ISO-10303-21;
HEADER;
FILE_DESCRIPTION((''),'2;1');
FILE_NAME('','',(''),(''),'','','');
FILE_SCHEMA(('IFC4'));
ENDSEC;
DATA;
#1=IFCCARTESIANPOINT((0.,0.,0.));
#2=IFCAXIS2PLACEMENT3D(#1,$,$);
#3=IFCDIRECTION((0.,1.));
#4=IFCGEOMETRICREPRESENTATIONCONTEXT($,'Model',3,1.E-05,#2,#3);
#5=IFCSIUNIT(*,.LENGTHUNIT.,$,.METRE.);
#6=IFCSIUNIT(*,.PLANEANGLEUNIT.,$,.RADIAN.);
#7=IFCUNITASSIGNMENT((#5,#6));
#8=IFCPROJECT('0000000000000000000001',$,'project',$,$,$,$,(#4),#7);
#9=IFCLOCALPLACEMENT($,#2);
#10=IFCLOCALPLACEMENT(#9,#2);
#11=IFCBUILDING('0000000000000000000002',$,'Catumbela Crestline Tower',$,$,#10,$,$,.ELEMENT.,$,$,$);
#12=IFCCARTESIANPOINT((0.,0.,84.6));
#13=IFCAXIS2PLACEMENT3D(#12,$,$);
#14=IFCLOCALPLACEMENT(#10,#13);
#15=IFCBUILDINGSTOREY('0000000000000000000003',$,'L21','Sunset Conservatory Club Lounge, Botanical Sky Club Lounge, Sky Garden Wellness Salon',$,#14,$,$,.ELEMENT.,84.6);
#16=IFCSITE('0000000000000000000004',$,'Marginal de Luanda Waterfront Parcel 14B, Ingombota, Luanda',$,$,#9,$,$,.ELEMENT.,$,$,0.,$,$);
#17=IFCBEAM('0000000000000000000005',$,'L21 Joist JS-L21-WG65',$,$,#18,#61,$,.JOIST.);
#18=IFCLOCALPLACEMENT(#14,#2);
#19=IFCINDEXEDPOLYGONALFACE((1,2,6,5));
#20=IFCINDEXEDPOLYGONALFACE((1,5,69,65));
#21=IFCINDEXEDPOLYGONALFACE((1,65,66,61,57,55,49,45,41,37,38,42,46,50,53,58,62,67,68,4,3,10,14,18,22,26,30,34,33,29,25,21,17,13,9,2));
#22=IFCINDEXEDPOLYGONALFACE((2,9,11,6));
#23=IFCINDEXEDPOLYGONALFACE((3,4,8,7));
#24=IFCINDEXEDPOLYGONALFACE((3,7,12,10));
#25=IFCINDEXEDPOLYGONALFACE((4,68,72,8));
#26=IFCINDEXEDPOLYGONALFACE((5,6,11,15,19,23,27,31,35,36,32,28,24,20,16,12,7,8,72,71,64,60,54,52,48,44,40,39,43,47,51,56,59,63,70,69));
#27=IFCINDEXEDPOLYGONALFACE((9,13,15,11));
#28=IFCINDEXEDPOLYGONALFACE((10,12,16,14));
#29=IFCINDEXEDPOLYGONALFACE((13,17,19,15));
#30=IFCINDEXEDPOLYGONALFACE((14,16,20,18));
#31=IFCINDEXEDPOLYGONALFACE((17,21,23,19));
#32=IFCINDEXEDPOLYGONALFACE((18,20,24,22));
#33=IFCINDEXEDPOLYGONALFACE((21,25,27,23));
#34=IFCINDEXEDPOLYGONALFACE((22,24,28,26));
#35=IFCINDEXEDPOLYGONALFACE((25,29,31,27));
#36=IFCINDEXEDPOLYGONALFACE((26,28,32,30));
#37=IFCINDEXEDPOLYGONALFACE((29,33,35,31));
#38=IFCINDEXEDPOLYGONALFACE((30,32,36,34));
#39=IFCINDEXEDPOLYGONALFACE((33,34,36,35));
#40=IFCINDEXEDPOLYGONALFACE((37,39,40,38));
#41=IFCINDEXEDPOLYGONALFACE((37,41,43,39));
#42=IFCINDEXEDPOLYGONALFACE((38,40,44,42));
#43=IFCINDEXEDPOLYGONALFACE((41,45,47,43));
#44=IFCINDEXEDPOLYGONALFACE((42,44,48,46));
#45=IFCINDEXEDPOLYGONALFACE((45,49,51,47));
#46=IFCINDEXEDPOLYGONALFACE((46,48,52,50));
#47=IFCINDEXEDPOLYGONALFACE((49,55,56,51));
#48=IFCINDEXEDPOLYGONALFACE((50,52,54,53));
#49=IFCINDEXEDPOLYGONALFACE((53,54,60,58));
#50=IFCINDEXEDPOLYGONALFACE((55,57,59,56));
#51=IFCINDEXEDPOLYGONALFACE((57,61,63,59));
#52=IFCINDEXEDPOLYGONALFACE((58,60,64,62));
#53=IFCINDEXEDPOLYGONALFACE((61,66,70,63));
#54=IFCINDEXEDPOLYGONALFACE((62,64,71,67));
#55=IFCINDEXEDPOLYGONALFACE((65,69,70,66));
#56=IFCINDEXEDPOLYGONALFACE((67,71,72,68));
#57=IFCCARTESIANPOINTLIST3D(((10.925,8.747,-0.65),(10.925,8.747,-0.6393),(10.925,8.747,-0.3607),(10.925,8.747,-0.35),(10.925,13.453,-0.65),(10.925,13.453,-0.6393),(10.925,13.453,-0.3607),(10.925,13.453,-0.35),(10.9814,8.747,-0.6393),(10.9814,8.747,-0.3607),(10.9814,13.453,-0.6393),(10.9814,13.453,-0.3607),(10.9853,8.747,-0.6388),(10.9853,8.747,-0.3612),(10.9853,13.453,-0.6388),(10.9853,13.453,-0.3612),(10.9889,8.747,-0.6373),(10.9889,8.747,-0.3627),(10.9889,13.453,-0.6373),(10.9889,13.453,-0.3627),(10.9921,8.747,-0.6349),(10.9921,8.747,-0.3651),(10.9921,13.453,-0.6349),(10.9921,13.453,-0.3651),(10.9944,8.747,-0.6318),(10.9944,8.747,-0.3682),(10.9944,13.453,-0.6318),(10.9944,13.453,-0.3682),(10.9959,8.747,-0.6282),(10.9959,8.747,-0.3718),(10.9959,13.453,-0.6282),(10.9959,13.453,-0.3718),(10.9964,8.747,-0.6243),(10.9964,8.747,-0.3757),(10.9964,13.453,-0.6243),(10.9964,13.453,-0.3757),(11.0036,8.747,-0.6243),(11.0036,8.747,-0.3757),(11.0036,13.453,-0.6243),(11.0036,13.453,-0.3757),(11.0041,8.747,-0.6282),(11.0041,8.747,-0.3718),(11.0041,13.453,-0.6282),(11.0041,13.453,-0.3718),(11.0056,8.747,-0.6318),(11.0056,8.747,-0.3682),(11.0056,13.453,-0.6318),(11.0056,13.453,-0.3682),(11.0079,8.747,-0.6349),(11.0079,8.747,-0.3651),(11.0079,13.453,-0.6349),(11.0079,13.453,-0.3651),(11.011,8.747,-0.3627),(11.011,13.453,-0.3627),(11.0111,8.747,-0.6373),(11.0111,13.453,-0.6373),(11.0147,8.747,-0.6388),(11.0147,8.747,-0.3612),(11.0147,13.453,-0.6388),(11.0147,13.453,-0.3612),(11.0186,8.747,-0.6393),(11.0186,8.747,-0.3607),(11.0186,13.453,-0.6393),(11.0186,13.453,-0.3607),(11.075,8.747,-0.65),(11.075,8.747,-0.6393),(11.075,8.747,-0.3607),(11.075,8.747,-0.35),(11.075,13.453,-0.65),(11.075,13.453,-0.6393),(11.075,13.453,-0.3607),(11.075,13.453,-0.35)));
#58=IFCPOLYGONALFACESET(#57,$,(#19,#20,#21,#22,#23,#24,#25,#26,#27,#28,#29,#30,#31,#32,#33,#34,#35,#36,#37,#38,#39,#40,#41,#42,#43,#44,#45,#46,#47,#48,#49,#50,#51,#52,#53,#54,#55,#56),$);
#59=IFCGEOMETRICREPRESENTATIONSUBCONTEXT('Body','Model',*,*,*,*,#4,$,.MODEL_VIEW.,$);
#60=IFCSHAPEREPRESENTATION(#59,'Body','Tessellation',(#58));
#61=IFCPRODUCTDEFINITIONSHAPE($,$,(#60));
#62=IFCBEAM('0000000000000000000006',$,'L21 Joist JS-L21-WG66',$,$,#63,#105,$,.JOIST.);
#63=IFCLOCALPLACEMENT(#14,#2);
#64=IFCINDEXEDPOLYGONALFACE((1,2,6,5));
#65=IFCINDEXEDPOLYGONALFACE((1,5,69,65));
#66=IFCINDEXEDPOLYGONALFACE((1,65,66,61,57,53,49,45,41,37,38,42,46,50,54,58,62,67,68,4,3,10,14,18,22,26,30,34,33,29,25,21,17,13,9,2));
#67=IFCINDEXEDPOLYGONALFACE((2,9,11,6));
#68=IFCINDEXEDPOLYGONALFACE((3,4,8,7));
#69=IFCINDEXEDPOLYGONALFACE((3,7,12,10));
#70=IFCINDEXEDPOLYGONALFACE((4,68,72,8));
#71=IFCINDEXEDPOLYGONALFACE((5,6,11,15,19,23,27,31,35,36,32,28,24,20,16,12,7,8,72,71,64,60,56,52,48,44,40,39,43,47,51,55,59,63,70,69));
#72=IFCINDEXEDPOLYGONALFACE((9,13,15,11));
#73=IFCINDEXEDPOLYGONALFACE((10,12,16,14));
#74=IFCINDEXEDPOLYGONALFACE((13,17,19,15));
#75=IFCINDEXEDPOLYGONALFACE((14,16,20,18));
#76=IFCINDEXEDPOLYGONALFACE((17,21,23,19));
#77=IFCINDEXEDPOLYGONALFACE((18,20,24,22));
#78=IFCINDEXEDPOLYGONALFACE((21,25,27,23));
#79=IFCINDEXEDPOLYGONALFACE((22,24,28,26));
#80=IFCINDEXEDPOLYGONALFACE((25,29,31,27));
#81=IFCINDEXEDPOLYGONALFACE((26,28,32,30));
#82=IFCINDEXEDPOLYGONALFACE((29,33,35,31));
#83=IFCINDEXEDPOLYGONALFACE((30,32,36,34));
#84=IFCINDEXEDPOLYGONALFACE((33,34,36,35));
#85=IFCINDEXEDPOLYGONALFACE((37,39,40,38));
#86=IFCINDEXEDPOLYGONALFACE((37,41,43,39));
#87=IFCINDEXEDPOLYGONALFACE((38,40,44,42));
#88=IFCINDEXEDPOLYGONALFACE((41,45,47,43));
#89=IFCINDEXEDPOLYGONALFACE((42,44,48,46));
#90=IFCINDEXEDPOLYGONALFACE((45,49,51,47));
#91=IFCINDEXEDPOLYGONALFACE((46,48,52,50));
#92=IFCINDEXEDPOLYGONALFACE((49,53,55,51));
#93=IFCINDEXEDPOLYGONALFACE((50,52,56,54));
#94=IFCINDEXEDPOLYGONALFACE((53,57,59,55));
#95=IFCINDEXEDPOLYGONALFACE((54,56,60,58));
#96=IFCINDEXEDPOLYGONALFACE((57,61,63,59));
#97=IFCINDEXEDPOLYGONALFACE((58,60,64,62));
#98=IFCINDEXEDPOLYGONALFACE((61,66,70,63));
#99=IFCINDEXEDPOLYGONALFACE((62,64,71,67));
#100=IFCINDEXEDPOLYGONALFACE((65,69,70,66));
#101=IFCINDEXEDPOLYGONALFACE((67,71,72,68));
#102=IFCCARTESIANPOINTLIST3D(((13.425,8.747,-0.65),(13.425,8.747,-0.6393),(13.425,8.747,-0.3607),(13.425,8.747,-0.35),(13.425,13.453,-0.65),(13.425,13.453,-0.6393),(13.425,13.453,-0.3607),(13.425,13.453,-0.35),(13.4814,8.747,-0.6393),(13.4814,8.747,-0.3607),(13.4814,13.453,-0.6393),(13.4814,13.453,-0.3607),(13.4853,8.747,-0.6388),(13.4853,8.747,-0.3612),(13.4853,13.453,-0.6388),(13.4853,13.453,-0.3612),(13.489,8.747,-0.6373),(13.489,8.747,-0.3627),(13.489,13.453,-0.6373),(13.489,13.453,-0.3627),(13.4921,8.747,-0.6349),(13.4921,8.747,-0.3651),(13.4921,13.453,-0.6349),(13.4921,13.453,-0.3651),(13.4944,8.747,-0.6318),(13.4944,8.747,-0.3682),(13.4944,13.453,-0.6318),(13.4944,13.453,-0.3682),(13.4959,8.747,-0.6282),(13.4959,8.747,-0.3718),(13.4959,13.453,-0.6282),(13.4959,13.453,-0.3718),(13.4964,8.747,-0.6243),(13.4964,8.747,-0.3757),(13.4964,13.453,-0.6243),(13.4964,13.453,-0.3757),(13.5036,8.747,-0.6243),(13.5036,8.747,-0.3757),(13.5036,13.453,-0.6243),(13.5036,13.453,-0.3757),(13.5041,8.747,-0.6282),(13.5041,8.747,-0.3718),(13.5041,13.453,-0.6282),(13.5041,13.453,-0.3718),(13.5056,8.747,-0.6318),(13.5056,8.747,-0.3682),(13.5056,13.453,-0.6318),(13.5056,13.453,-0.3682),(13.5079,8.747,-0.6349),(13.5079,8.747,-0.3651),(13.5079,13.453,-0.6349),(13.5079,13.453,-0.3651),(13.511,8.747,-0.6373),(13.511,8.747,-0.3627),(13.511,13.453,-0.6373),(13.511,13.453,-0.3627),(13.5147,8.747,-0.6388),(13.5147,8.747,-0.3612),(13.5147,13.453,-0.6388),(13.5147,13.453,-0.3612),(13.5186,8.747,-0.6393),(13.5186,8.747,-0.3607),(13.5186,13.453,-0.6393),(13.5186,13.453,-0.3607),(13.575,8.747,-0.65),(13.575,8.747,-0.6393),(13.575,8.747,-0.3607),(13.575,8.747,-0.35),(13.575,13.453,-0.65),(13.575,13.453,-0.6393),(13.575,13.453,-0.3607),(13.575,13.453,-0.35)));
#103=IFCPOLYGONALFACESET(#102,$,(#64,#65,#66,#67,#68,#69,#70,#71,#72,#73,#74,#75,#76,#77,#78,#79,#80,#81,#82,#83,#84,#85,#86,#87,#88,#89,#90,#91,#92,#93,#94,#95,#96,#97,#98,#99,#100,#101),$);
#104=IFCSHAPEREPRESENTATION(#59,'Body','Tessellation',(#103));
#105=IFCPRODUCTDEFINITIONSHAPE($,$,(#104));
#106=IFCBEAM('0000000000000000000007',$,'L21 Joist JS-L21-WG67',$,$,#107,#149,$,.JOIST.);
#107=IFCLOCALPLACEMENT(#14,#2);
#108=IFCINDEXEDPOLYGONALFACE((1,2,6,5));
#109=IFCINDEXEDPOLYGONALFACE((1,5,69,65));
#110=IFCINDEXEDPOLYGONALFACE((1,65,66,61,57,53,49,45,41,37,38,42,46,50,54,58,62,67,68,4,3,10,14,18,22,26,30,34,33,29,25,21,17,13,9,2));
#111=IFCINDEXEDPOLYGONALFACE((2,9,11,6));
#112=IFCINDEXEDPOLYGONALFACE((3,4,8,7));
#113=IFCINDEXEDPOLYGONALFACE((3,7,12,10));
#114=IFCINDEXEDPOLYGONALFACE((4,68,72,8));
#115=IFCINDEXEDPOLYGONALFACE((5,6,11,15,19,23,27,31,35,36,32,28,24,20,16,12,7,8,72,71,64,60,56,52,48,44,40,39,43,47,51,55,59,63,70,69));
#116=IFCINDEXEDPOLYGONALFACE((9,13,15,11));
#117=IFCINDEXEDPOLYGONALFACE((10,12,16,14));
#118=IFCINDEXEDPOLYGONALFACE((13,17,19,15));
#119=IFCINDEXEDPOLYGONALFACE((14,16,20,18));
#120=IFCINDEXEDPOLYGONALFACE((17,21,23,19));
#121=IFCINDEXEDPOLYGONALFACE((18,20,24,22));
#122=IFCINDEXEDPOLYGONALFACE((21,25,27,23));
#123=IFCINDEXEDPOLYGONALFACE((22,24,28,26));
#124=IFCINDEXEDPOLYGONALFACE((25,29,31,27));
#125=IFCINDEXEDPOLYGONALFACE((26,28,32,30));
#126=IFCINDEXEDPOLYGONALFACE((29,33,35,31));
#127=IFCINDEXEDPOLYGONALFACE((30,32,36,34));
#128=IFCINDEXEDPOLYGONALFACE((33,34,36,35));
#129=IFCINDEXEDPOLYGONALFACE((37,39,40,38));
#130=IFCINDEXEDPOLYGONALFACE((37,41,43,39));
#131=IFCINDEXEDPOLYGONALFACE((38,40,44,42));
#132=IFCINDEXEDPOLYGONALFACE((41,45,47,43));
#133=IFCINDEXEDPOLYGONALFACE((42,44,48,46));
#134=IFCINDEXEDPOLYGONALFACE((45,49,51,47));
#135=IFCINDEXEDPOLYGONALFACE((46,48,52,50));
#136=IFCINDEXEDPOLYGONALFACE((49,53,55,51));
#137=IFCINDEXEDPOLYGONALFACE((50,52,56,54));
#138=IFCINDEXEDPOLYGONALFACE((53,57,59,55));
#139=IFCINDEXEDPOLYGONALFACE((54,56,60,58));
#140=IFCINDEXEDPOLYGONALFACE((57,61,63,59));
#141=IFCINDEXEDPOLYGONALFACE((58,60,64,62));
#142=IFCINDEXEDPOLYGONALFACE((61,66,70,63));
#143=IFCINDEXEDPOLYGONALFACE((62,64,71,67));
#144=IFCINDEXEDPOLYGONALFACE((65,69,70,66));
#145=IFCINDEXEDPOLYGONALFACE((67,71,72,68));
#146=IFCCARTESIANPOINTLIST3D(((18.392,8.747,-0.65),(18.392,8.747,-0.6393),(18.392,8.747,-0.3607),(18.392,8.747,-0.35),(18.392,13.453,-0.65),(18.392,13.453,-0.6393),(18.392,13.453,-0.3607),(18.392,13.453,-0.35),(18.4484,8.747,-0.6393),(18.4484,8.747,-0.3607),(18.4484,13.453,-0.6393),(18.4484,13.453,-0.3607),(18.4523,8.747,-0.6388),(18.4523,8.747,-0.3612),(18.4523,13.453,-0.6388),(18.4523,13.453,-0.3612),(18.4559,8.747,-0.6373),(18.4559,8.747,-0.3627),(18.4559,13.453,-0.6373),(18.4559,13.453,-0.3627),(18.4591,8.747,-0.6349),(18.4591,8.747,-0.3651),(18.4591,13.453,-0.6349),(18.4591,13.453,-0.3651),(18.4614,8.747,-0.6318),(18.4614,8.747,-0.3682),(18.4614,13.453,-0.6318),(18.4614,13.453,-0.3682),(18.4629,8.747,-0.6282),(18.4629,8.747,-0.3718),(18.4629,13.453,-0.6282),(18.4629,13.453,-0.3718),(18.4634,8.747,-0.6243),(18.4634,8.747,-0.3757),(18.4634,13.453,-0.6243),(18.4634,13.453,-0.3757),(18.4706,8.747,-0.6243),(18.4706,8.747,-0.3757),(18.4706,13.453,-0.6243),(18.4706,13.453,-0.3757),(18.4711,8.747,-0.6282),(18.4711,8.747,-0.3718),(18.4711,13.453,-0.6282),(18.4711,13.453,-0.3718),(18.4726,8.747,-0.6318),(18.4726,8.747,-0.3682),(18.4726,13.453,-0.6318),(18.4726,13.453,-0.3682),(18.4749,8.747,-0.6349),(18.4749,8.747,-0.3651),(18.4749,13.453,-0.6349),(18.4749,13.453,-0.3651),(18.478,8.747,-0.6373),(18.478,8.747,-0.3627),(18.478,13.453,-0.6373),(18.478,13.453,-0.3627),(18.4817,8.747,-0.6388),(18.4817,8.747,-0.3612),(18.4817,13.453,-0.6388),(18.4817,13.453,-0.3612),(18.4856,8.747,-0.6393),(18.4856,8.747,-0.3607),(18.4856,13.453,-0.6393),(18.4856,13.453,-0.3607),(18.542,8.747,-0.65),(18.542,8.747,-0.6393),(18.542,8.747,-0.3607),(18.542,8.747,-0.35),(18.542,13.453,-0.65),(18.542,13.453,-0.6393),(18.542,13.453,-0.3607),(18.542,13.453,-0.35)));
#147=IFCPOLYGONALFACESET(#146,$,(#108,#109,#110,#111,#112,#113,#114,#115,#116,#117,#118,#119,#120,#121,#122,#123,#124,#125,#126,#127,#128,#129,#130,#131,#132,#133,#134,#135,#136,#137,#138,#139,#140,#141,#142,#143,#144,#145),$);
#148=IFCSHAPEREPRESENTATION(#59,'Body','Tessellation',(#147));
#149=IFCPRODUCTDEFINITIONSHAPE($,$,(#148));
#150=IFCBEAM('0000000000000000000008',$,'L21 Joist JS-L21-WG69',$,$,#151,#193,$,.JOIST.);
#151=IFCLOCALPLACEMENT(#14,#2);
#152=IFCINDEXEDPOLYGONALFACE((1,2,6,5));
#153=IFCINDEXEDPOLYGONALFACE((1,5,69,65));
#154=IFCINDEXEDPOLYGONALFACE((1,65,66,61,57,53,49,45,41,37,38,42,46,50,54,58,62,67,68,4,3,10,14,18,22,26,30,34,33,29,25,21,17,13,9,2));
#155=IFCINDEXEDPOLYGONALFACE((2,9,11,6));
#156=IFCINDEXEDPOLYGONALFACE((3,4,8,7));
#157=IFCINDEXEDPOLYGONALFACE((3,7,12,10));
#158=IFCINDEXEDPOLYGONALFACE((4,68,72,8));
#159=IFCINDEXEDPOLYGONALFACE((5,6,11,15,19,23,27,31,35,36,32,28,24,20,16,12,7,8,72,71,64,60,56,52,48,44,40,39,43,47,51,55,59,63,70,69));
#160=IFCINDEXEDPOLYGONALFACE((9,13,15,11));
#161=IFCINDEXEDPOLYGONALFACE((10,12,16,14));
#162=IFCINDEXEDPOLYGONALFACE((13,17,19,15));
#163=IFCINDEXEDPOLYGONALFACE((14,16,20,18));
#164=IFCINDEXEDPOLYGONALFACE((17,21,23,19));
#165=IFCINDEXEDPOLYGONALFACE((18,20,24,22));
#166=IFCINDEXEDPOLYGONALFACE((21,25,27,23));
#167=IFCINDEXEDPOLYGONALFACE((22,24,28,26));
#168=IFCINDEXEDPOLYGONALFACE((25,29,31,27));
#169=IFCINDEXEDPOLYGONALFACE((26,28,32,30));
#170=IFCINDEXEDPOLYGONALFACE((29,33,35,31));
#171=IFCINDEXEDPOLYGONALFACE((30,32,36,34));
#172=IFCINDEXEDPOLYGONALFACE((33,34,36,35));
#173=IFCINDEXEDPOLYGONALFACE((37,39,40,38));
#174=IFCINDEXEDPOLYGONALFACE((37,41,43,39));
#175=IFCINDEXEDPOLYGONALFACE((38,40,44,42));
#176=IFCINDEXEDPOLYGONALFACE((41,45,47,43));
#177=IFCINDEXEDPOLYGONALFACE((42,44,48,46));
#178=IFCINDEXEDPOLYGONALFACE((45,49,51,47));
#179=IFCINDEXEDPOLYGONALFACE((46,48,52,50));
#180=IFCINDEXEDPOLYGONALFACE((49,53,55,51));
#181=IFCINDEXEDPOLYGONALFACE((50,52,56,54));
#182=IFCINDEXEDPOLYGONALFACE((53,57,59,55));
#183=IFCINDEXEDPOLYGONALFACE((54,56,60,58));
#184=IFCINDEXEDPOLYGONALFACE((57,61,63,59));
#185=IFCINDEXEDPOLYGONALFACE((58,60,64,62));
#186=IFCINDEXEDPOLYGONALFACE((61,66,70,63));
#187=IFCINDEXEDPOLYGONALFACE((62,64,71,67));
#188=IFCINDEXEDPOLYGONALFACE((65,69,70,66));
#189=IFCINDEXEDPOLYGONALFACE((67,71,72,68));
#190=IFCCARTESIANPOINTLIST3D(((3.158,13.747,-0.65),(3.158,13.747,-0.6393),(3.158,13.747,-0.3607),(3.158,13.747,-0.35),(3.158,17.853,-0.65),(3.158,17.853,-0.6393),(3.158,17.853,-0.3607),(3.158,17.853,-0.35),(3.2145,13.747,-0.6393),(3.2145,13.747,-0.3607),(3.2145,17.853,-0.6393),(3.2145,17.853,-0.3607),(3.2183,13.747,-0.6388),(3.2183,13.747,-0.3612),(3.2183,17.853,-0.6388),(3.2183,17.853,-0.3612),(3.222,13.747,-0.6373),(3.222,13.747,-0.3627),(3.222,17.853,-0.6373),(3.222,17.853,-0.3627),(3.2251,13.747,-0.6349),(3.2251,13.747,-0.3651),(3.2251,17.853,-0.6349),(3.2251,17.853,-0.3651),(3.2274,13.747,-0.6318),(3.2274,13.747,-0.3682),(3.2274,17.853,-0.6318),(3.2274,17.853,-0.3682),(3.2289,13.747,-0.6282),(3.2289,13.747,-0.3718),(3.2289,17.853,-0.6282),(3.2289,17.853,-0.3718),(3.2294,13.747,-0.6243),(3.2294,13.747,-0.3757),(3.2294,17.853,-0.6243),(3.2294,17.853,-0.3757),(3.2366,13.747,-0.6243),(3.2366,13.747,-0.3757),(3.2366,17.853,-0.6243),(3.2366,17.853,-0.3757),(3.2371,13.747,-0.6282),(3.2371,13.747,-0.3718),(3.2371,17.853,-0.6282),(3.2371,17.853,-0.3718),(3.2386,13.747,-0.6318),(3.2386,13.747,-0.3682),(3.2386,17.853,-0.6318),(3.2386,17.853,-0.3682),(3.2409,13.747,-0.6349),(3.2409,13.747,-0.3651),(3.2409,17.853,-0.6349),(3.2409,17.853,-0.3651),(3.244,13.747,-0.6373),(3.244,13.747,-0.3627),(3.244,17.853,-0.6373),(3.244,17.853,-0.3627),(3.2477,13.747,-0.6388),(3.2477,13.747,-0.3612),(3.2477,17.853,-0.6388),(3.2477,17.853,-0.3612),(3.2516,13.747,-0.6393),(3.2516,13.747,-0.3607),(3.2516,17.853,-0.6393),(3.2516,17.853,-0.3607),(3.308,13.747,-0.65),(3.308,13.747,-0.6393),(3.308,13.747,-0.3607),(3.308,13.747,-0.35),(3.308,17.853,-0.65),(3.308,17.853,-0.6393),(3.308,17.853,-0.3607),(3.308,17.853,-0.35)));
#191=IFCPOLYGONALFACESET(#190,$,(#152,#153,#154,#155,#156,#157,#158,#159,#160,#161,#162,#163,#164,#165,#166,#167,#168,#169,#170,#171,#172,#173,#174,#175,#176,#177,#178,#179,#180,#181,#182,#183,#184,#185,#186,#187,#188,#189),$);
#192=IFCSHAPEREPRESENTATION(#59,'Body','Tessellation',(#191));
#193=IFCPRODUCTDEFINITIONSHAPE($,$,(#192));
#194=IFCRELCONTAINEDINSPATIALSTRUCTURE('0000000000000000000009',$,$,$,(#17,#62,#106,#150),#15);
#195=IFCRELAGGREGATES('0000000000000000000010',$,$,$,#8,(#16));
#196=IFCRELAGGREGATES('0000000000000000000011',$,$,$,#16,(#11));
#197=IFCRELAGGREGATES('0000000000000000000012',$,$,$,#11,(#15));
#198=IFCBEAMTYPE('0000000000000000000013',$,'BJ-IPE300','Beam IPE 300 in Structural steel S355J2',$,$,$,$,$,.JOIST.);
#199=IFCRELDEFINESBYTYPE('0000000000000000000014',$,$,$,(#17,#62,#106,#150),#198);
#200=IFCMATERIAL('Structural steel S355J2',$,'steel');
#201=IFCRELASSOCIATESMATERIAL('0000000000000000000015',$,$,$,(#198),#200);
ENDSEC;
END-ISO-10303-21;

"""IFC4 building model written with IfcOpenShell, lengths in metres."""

from ifc_helpers import new_model, si_unit, direction, frame, origin, origin_2d, place, context, subcontext, project, spatial, i_section, extrude, material, material_profile, profile_set, type_object, element, save


model = new_model("IFC4")

# Units and contexts
model_context = context("Model", 3, precision=1e-05, world=origin(), true_north=direction((0.0, 1.0)))
body_context = subcontext(model_context, "Body", "Model", "MODEL_VIEW")
ifc_project = project(units=[si_unit("LENGTHUNIT", "METRE"), si_unit("PLANEANGLEUNIT", "RADIAN")], contexts=[model_context])

# Site, building, storey
site_placement = place(None, origin())
site = spatial("IfcSite", under=ifc_project, at=site_placement, Name="Marginal de Luanda Waterfront Parcel 14B, Ingombota, Luanda", CompositionType="ELEMENT", RefElevation=0.0)
building_placement = place(site_placement, origin())
building = spatial("IfcBuilding", under=site, at=building_placement, Name="Catumbela Crestline Tower", CompositionType="ELEMENT")
storey_placement = place(building_placement, frame((0.0, 0.0, 84.6)))
storey = spatial("IfcBuildingStorey", under=building, at=storey_placement, Name="L21", Description="Sunset Conservatory Club Lounge, Botanical Sky Club Lounge, Sky Garden Wellness Salon", CompositionType="ELEMENT", Elevation=84.6)

# Beams
ifc_material_1 = material(Name="Structural steel S355J2", Category="steel")
ifc_material_profile_1 = material_profile(ifc_material_1, i_section(OverallWidth=0.15, OverallDepth=0.3, WebThickness=0.0071, FlangeThickness=0.0107, FilletRadius=0.015, at=origin_2d()), Name="IPE 300")
ifc_profile_set_1 = profile_set([ifc_material_profile_1], Name="Structural steel S355J2")
beam_type_1 = type_object("IfcBeamType", Name="BJ-IPE300", Description="Beam IPE 300 in Structural steel S355J2", PredefinedType="JOIST", material=ifc_profile_set_1)
for number, where, z_axis, x_axis, name in (
    (1, (11.0, 8.747, -0.5), (0.0, 1.0, 0.0), (-1.0, 0.0, 0.0), "L21 Joist JS-L21-WG65"),
    (2, (13.5, 8.747, -0.5), (0.0, 1.0, 0.0), (-1.0, 0.0, 0.0), "L21 Joist JS-L21-WG66"),
    (3, (18.467, 8.747, -0.5), (0.0, 1.0, 0.0), (-1.0, 0.0, 0.0), "L21 Joist JS-L21-WG67"),
):
    element("IfcBeam", number, at=place(storey_placement, frame(where, z_axis=z_axis, x_axis=x_axis)), inside=storey, type_object=beam_type_1, Name=name, PredefinedType="JOIST", context=body_context, shape_type="SweptSolid", body=[
        extrude(i_section(OverallWidth=0.15, OverallDepth=0.3, WebThickness=0.0071, FlangeThickness=0.0107, FilletRadius=0.015, at=origin_2d()), origin(), (0.0, 0.0, 1.0), 4.706),
    ])
for number, where, z_axis, x_axis, name in (
    (4, (3.233, 13.747, -0.5), (0.0, 1.0, 0.0), (-1.0, 0.0, 0.0), "L21 Joist JS-L21-WG69"),
):
    element("IfcBeam", number, at=place(storey_placement, frame(where, z_axis=z_axis, x_axis=x_axis)), inside=storey, type_object=beam_type_1, Name=name, PredefinedType="JOIST", context=body_context, shape_type="SweptSolid", body=[
        extrude(i_section(OverallWidth=0.15, OverallDepth=0.3, WebThickness=0.0071, FlangeThickness=0.0107, FilletRadius=0.015, at=origin_2d()), origin(), (0.0, 0.0, 1.0), 4.106),
    ])

save(model, "model.ifc")
